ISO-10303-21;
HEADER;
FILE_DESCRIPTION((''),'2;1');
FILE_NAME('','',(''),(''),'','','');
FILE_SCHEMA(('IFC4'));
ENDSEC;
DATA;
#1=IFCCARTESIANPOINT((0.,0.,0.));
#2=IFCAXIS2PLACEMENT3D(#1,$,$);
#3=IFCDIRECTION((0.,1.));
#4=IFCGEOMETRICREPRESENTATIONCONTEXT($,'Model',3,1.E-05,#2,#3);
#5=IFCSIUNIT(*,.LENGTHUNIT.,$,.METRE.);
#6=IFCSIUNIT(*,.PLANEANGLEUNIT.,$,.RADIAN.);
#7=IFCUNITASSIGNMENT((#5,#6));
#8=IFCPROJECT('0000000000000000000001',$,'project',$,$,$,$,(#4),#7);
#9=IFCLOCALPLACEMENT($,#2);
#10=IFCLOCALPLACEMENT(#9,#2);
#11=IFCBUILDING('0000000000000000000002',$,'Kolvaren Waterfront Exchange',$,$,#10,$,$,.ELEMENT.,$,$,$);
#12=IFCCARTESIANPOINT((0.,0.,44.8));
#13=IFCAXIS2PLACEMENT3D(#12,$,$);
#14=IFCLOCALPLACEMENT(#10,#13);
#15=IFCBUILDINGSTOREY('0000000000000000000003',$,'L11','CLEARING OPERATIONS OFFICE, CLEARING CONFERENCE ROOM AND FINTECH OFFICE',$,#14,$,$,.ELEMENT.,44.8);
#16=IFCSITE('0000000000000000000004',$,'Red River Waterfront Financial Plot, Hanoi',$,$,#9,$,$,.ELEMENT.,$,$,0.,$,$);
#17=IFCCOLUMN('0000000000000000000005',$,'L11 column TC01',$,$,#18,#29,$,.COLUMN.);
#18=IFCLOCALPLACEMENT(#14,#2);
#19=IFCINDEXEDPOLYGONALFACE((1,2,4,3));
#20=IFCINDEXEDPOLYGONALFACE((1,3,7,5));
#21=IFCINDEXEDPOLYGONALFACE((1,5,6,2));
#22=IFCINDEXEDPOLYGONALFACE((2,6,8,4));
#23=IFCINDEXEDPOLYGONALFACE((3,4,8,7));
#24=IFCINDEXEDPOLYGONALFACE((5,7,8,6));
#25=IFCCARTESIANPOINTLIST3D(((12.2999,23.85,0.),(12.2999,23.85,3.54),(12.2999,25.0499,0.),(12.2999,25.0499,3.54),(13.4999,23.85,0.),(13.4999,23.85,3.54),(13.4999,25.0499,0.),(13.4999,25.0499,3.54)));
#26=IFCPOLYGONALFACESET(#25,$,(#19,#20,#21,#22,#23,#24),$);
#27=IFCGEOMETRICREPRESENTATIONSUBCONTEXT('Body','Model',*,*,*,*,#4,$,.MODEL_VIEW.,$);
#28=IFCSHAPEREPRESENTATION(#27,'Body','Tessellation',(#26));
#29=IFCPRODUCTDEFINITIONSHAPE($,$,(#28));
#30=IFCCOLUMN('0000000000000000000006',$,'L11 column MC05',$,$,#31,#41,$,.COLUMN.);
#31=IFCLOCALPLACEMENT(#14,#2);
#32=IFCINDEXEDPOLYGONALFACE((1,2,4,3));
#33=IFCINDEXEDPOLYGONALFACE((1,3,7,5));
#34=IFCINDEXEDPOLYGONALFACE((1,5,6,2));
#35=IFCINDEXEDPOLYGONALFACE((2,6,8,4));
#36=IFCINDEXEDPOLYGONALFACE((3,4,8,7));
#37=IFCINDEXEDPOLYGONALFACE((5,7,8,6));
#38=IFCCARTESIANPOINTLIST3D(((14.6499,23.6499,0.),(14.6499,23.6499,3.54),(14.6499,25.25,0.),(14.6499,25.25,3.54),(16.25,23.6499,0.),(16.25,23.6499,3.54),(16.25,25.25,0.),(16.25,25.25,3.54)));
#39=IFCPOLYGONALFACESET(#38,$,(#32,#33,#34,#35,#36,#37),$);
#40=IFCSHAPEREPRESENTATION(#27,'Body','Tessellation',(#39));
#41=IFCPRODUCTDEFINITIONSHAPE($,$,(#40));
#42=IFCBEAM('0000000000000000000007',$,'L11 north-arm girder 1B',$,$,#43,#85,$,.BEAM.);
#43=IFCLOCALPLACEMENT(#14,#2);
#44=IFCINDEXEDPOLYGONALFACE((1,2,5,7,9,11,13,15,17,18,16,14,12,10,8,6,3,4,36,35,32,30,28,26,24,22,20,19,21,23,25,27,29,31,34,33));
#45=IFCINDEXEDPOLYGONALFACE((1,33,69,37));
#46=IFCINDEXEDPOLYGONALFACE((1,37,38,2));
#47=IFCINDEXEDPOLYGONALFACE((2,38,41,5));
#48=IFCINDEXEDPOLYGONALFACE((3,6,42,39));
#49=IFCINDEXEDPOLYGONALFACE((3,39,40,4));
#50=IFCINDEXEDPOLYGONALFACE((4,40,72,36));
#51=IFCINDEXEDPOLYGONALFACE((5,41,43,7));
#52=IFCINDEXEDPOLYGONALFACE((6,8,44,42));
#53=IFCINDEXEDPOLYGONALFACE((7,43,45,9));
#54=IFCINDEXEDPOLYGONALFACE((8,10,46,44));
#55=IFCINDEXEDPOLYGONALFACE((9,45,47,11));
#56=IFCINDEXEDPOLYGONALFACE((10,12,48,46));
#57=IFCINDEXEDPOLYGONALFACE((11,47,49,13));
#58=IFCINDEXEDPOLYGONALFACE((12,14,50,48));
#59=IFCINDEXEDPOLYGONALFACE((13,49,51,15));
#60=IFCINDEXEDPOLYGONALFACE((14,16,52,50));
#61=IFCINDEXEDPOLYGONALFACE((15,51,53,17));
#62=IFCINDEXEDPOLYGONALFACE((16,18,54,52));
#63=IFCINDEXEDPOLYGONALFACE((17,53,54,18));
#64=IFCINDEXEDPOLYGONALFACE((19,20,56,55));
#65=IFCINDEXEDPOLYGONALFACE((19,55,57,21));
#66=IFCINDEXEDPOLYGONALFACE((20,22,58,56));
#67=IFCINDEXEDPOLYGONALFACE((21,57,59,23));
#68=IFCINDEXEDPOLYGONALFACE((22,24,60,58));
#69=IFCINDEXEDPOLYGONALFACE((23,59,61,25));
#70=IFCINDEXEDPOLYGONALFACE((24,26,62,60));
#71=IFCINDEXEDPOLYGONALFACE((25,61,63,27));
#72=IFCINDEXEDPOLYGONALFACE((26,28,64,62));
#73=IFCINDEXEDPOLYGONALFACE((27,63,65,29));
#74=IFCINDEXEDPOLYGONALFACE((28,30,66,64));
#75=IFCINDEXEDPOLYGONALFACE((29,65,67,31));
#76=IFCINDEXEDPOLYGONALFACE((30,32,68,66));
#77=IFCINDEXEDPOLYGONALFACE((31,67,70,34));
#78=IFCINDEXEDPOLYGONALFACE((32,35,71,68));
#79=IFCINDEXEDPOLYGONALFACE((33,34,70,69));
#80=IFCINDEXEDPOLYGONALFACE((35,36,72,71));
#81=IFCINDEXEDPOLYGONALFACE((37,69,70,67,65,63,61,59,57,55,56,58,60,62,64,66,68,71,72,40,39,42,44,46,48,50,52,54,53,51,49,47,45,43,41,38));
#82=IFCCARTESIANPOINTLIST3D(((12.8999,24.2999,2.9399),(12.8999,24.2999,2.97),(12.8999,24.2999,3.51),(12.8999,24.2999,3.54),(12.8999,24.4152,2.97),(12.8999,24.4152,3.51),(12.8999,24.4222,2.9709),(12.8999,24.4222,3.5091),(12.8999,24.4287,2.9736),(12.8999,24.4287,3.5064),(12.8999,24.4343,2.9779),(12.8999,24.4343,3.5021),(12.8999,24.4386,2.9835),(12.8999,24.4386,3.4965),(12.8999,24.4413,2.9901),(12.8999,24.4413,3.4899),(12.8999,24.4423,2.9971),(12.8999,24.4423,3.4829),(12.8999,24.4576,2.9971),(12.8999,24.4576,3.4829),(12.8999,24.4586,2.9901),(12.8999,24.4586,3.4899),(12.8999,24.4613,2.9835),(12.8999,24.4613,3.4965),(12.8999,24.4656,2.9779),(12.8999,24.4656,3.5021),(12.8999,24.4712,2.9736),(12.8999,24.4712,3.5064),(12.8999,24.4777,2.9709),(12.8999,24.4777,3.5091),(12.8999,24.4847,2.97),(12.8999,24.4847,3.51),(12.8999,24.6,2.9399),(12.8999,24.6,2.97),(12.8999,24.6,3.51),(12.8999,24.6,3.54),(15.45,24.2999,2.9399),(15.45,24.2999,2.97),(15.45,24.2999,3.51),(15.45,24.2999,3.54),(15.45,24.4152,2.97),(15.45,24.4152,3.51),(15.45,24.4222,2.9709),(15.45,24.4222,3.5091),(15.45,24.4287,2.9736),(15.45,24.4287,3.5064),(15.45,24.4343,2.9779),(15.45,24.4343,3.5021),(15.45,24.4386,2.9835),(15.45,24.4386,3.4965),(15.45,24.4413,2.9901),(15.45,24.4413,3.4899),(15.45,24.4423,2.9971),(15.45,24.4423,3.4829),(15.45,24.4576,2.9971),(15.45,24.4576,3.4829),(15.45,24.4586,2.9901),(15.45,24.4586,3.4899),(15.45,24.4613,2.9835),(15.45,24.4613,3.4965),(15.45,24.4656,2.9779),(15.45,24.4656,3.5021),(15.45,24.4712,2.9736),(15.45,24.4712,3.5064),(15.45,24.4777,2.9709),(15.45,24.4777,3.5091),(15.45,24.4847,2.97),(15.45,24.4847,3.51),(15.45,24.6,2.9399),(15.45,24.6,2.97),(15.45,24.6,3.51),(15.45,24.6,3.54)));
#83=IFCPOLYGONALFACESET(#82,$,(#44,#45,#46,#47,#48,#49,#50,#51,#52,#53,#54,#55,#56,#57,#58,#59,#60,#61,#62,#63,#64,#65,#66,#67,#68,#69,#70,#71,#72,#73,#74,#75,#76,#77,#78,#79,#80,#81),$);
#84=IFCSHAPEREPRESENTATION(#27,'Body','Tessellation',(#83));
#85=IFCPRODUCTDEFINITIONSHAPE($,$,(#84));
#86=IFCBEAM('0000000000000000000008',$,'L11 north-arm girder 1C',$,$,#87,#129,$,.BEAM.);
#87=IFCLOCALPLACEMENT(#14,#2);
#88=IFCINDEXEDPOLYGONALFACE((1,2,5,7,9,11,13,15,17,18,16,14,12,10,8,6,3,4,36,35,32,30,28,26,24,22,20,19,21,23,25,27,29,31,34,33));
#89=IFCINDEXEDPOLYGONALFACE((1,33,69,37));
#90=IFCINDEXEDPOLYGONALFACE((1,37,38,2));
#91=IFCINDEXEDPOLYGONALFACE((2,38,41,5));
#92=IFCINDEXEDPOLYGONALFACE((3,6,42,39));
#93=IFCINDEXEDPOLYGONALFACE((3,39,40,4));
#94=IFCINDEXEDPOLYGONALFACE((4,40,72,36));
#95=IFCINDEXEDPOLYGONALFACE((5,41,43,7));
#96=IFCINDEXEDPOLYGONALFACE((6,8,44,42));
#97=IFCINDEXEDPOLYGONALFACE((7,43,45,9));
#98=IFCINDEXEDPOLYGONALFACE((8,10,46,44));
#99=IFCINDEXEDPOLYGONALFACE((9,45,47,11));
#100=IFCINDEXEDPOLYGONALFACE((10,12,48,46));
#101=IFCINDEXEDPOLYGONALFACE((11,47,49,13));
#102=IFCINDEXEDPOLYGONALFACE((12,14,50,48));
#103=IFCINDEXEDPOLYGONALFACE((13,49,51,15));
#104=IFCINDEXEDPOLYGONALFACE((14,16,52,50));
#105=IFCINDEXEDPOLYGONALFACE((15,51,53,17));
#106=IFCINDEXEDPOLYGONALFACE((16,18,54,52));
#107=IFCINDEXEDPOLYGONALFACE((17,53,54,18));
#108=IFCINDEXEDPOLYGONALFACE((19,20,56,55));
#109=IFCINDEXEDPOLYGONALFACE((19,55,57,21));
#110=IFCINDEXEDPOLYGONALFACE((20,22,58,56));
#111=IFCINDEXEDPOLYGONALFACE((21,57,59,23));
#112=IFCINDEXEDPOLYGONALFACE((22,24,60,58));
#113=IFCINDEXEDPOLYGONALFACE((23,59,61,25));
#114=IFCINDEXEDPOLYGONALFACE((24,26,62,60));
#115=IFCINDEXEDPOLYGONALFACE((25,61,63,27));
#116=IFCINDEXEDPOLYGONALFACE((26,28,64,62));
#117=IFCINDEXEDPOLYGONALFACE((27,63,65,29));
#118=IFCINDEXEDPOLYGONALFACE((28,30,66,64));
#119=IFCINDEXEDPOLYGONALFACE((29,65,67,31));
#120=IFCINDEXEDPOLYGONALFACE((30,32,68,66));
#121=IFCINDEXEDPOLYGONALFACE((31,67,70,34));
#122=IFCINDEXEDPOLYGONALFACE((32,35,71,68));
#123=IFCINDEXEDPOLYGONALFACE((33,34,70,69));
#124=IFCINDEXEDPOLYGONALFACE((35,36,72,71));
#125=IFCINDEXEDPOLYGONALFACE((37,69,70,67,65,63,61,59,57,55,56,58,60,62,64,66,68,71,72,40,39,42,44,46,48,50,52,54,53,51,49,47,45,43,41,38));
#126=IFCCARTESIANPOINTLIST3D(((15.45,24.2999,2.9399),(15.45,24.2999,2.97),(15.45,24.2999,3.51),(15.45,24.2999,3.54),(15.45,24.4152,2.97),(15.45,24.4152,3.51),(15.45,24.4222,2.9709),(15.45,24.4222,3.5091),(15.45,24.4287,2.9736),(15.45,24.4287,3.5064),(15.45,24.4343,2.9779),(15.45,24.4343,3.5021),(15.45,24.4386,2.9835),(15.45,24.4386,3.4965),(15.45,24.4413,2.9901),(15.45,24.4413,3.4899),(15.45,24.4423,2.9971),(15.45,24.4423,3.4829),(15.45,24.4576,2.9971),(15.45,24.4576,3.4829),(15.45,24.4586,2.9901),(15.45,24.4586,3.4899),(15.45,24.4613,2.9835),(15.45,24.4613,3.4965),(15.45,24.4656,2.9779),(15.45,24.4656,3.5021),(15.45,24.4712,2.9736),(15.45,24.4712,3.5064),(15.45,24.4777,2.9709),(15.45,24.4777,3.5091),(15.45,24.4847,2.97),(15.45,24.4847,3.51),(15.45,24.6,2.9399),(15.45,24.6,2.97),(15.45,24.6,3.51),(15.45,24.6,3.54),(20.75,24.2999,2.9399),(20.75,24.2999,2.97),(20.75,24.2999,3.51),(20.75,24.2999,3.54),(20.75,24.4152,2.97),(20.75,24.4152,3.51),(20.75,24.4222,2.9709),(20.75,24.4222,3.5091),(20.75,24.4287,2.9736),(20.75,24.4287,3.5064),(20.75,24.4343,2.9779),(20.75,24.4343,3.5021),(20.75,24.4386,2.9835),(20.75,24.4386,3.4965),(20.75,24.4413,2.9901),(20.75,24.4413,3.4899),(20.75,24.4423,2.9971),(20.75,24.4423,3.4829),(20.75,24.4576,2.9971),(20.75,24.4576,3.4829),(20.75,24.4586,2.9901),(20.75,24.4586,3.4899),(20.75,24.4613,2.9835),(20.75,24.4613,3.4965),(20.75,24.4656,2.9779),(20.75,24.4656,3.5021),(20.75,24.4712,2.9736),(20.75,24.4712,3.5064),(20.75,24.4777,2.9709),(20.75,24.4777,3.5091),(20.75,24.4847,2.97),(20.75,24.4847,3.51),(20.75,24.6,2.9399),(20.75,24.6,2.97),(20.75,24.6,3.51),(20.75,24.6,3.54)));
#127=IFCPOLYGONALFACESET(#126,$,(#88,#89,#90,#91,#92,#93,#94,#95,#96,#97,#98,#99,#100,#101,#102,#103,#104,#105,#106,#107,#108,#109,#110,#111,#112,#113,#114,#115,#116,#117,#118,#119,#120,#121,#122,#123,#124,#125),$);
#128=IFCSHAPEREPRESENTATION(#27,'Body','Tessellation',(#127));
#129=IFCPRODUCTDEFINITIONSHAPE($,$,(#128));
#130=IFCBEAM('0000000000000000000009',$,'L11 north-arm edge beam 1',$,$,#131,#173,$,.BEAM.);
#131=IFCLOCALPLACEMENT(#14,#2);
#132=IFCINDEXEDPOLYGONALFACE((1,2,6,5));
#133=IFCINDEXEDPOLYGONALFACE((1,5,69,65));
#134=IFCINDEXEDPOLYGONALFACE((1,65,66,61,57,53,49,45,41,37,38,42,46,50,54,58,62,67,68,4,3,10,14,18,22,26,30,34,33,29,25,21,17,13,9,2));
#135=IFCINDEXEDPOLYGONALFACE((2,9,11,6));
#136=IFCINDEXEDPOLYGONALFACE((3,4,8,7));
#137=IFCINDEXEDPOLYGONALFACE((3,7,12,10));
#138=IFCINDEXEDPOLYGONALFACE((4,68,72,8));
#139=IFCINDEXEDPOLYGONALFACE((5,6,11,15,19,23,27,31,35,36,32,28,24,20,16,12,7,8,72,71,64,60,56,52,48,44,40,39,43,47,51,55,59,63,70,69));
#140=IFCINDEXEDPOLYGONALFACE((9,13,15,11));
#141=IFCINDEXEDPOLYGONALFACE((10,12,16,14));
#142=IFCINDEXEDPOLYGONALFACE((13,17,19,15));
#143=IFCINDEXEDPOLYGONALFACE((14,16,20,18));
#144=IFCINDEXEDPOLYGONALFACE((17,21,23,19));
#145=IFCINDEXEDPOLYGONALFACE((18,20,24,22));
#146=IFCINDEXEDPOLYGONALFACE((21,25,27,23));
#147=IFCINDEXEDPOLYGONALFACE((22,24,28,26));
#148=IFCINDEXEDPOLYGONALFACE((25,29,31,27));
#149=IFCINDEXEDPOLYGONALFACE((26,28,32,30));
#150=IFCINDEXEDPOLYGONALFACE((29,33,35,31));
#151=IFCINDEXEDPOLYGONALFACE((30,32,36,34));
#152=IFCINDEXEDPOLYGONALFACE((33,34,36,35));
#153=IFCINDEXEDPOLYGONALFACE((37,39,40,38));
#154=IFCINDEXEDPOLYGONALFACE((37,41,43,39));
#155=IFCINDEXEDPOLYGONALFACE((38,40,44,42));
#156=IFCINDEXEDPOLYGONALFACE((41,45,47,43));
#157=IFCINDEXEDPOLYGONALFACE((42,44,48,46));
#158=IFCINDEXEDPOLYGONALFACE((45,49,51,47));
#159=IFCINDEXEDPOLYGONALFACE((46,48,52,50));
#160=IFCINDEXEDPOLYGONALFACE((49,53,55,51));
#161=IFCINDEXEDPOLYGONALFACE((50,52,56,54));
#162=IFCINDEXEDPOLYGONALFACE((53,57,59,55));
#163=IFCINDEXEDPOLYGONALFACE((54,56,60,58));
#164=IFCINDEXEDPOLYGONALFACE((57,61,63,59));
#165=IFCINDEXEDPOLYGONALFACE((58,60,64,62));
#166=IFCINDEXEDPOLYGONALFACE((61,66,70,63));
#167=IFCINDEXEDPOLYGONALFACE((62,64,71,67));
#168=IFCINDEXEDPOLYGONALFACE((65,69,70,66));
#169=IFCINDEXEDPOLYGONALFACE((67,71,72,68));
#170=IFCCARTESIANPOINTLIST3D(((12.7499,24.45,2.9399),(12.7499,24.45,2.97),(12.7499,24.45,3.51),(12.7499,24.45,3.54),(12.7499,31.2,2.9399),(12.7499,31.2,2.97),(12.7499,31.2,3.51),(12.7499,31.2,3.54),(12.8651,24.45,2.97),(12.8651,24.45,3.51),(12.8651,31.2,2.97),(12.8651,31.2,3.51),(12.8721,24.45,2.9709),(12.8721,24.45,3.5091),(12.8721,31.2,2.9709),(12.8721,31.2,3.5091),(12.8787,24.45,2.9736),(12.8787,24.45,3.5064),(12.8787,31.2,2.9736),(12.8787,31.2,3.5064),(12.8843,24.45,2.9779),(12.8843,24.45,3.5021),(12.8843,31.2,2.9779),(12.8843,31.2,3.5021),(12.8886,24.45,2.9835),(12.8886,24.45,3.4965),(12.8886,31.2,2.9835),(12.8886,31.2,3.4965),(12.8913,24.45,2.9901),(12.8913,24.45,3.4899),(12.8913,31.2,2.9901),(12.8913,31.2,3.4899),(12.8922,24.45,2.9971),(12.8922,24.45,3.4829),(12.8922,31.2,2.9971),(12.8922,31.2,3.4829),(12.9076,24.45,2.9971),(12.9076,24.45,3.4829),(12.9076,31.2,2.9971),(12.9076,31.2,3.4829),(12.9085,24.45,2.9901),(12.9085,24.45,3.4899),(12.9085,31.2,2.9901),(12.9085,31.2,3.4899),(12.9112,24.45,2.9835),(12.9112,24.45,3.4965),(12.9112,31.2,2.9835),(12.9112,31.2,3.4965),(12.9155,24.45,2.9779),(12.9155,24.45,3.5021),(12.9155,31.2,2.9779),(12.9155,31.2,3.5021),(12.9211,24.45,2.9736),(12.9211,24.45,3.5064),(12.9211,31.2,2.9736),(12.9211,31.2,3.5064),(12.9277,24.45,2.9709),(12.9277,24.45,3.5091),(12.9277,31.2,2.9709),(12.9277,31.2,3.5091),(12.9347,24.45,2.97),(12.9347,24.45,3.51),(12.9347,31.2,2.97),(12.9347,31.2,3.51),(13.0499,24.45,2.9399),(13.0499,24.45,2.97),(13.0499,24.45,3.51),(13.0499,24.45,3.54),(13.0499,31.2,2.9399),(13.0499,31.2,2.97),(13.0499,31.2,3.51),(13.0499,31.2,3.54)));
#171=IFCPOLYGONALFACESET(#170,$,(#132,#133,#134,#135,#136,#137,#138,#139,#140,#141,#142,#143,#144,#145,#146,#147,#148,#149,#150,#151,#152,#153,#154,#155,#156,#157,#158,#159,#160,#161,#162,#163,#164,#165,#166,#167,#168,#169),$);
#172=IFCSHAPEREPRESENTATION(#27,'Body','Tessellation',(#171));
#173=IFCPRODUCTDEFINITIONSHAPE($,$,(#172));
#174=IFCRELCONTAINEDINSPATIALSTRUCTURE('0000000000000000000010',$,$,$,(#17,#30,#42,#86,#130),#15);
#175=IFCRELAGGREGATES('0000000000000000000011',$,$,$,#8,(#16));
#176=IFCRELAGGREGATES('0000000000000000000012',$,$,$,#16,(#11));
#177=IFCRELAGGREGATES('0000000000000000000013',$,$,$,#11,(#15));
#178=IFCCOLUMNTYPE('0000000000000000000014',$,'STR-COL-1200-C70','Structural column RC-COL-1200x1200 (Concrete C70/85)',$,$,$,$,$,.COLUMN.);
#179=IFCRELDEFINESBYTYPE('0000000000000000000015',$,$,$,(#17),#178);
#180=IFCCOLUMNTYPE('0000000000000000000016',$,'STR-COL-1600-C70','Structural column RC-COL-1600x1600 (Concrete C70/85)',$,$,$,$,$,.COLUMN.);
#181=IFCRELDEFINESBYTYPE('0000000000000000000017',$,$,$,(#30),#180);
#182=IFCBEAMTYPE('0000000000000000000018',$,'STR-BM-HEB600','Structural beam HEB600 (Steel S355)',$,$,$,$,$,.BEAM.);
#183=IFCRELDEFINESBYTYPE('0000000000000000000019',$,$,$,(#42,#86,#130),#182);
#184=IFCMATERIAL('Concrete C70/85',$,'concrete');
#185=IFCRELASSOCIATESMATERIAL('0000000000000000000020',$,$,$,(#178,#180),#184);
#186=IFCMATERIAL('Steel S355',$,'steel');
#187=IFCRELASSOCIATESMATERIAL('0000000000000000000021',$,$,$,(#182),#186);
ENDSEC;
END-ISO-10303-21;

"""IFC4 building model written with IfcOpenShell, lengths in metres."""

from ifc_helpers import new_model, si_unit, direction, frame, origin, origin_2d, place, context, subcontext, project, spatial, rectangle, i_section, extrude, material, material_profile, profile_set, type_object, element, save


model = new_model("IFC4")

# Units and contexts
model_context = context("Model", 3, precision=1e-05, world=origin(), true_north=direction((0.0, 1.0)))
body_context = subcontext(model_context, "Body", "Model", "MODEL_VIEW")
ifc_project = project(units=[si_unit("LENGTHUNIT", "METRE"), si_unit("PLANEANGLEUNIT", "RADIAN")], contexts=[model_context])

# Site, building, storey
site_placement = place(None, origin())
site = spatial("IfcSite", under=ifc_project, at=site_placement, Name="Red River Waterfront Financial Plot, Hanoi", CompositionType="ELEMENT", RefElevation=0.0)
building_placement = place(site_placement, origin())
building = spatial("IfcBuilding", under=site, at=building_placement, Name="Kolvaren Waterfront Exchange", CompositionType="ELEMENT")
storey_placement = place(building_placement, frame((0.0, 0.0, 44.8)))
storey = spatial("IfcBuildingStorey", under=building, at=storey_placement, Name="L11", Description="CLEARING OPERATIONS OFFICE, CLEARING CONFERENCE ROOM AND FINTECH OFFICE", CompositionType="ELEMENT", Elevation=44.8)

# Columns
ifc_material_1 = material(Name="Concrete C70/85", Category="concrete")
ifc_material_profile_1 = material_profile(ifc_material_1, rectangle(XDim=1.2, YDim=1.2, at=origin_2d()), Name="RC-COL-1200x1200")
ifc_profile_set_1 = profile_set([ifc_material_profile_1], Name="Concrete C70/85")
column_type_1 = type_object("IfcColumnType", Name="STR-COL-1200-C70", Description="Structural column RC-COL-1200x1200 (Concrete C70/85)", PredefinedType="COLUMN", material=ifc_profile_set_1)
column_1_placement = place(storey_placement, frame((12.8999, 24.45, 0.0), z_axis=(0.0, 0.0, 1.0), x_axis=(1.0, 0.0, 0.0)))
element("IfcColumn", 1, at=column_1_placement, inside=storey, type_object=column_type_1, Name="L11 column TC01", PredefinedType="COLUMN", context=body_context, shape_type="SweptSolid", body=[
    extrude(rectangle(XDim=1.2, YDim=1.2, at=origin_2d()), origin(), (0.0, 0.0, 1.0), 3.54),
])
ifc_material_profile_2 = material_profile(ifc_material_1, rectangle(XDim=1.6001, YDim=1.6001, at=origin_2d()), Name="RC-COL-1600x1600")
ifc_profile_set_2 = profile_set([ifc_material_profile_2], Name="Concrete C70/85")
column_type_2 = type_object("IfcColumnType", Name="STR-COL-1600-C70", Description="Structural column RC-COL-1600x1600 (Concrete C70/85)", PredefinedType="COLUMN", material=ifc_profile_set_2)
column_2_placement = place(storey_placement, frame((15.45, 24.45, 0.0), z_axis=(0.0, 0.0, 1.0), x_axis=(1.0, 0.0, 0.0)))
element("IfcColumn", 2, at=column_2_placement, inside=storey, type_object=column_type_2, Name="L11 column MC05", PredefinedType="COLUMN", context=body_context, shape_type="SweptSolid", body=[
    extrude(rectangle(XDim=1.6001, YDim=1.6001, at=origin_2d()), origin(), (0.0, 0.0, 1.0), 3.54),
])

# Beams
ifc_material_2 = material(Name="Steel S355", Category="steel")
ifc_material_profile_3 = material_profile(ifc_material_2, i_section(OverallWidth=0.3, OverallDepth=0.6001, WebThickness=0.0154, FlangeThickness=0.03, FilletRadius=0.0271, at=origin_2d()), Name="HEB600")
ifc_profile_set_3 = profile_set([ifc_material_profile_3], Name="Steel S355")
beam_type_1 = type_object("IfcBeamType", Name="STR-BM-HEB600", Description="Structural beam HEB600 (Steel S355)", PredefinedType="BEAM", material=ifc_profile_set_3)
beam_1_placement = place(storey_placement, frame((12.8999, 24.45, 3.24), z_axis=(1.0, 0.0, 0.0), x_axis=(0.0, 1.0, 0.0)))
element("IfcBeam", 3, at=beam_1_placement, inside=storey, type_object=beam_type_1, Name="L11 north-arm girder 1B", PredefinedType="BEAM", context=body_context, shape_type="SweptSolid", body=[
    extrude(i_section(OverallWidth=0.3, OverallDepth=0.6001, WebThickness=0.0154, FlangeThickness=0.03, FilletRadius=0.0271, at=origin_2d()), origin(), (0.0, 0.0, 1.0), 2.55),
])
beam_2_placement = place(storey_placement, frame((15.45, 24.45, 3.24), z_axis=(1.0, 0.0, 0.0), x_axis=(0.0, 1.0, 0.0)))
element("IfcBeam", 4, at=beam_2_placement, inside=storey, type_object=beam_type_1, Name="L11 north-arm girder 1C", PredefinedType="BEAM", context=body_context, shape_type="SweptSolid", body=[
    extrude(i_section(OverallWidth=0.3, OverallDepth=0.6001, WebThickness=0.0154, FlangeThickness=0.03, FilletRadius=0.0271, at=origin_2d()), origin(), (0.0, 0.0, 1.0), 5.3),
])
beam_3_placement = place(storey_placement, frame((12.8999, 24.45, 3.24), z_axis=(0.0, 1.0, 0.0), x_axis=(-1.0, 0.0, 0.0)))
element("IfcBeam", 5, at=beam_3_placement, inside=storey, type_object=beam_type_1, Name="L11 north-arm edge beam 1", PredefinedType="BEAM", context=body_context, shape_type="SweptSolid", body=[
    extrude(i_section(OverallWidth=0.3, OverallDepth=0.6001, WebThickness=0.0154, FlangeThickness=0.03, FilletRadius=0.0271, at=origin_2d()), origin(), (0.0, 0.0, 1.0), 6.75),
])

save(model, "model.ifc")
